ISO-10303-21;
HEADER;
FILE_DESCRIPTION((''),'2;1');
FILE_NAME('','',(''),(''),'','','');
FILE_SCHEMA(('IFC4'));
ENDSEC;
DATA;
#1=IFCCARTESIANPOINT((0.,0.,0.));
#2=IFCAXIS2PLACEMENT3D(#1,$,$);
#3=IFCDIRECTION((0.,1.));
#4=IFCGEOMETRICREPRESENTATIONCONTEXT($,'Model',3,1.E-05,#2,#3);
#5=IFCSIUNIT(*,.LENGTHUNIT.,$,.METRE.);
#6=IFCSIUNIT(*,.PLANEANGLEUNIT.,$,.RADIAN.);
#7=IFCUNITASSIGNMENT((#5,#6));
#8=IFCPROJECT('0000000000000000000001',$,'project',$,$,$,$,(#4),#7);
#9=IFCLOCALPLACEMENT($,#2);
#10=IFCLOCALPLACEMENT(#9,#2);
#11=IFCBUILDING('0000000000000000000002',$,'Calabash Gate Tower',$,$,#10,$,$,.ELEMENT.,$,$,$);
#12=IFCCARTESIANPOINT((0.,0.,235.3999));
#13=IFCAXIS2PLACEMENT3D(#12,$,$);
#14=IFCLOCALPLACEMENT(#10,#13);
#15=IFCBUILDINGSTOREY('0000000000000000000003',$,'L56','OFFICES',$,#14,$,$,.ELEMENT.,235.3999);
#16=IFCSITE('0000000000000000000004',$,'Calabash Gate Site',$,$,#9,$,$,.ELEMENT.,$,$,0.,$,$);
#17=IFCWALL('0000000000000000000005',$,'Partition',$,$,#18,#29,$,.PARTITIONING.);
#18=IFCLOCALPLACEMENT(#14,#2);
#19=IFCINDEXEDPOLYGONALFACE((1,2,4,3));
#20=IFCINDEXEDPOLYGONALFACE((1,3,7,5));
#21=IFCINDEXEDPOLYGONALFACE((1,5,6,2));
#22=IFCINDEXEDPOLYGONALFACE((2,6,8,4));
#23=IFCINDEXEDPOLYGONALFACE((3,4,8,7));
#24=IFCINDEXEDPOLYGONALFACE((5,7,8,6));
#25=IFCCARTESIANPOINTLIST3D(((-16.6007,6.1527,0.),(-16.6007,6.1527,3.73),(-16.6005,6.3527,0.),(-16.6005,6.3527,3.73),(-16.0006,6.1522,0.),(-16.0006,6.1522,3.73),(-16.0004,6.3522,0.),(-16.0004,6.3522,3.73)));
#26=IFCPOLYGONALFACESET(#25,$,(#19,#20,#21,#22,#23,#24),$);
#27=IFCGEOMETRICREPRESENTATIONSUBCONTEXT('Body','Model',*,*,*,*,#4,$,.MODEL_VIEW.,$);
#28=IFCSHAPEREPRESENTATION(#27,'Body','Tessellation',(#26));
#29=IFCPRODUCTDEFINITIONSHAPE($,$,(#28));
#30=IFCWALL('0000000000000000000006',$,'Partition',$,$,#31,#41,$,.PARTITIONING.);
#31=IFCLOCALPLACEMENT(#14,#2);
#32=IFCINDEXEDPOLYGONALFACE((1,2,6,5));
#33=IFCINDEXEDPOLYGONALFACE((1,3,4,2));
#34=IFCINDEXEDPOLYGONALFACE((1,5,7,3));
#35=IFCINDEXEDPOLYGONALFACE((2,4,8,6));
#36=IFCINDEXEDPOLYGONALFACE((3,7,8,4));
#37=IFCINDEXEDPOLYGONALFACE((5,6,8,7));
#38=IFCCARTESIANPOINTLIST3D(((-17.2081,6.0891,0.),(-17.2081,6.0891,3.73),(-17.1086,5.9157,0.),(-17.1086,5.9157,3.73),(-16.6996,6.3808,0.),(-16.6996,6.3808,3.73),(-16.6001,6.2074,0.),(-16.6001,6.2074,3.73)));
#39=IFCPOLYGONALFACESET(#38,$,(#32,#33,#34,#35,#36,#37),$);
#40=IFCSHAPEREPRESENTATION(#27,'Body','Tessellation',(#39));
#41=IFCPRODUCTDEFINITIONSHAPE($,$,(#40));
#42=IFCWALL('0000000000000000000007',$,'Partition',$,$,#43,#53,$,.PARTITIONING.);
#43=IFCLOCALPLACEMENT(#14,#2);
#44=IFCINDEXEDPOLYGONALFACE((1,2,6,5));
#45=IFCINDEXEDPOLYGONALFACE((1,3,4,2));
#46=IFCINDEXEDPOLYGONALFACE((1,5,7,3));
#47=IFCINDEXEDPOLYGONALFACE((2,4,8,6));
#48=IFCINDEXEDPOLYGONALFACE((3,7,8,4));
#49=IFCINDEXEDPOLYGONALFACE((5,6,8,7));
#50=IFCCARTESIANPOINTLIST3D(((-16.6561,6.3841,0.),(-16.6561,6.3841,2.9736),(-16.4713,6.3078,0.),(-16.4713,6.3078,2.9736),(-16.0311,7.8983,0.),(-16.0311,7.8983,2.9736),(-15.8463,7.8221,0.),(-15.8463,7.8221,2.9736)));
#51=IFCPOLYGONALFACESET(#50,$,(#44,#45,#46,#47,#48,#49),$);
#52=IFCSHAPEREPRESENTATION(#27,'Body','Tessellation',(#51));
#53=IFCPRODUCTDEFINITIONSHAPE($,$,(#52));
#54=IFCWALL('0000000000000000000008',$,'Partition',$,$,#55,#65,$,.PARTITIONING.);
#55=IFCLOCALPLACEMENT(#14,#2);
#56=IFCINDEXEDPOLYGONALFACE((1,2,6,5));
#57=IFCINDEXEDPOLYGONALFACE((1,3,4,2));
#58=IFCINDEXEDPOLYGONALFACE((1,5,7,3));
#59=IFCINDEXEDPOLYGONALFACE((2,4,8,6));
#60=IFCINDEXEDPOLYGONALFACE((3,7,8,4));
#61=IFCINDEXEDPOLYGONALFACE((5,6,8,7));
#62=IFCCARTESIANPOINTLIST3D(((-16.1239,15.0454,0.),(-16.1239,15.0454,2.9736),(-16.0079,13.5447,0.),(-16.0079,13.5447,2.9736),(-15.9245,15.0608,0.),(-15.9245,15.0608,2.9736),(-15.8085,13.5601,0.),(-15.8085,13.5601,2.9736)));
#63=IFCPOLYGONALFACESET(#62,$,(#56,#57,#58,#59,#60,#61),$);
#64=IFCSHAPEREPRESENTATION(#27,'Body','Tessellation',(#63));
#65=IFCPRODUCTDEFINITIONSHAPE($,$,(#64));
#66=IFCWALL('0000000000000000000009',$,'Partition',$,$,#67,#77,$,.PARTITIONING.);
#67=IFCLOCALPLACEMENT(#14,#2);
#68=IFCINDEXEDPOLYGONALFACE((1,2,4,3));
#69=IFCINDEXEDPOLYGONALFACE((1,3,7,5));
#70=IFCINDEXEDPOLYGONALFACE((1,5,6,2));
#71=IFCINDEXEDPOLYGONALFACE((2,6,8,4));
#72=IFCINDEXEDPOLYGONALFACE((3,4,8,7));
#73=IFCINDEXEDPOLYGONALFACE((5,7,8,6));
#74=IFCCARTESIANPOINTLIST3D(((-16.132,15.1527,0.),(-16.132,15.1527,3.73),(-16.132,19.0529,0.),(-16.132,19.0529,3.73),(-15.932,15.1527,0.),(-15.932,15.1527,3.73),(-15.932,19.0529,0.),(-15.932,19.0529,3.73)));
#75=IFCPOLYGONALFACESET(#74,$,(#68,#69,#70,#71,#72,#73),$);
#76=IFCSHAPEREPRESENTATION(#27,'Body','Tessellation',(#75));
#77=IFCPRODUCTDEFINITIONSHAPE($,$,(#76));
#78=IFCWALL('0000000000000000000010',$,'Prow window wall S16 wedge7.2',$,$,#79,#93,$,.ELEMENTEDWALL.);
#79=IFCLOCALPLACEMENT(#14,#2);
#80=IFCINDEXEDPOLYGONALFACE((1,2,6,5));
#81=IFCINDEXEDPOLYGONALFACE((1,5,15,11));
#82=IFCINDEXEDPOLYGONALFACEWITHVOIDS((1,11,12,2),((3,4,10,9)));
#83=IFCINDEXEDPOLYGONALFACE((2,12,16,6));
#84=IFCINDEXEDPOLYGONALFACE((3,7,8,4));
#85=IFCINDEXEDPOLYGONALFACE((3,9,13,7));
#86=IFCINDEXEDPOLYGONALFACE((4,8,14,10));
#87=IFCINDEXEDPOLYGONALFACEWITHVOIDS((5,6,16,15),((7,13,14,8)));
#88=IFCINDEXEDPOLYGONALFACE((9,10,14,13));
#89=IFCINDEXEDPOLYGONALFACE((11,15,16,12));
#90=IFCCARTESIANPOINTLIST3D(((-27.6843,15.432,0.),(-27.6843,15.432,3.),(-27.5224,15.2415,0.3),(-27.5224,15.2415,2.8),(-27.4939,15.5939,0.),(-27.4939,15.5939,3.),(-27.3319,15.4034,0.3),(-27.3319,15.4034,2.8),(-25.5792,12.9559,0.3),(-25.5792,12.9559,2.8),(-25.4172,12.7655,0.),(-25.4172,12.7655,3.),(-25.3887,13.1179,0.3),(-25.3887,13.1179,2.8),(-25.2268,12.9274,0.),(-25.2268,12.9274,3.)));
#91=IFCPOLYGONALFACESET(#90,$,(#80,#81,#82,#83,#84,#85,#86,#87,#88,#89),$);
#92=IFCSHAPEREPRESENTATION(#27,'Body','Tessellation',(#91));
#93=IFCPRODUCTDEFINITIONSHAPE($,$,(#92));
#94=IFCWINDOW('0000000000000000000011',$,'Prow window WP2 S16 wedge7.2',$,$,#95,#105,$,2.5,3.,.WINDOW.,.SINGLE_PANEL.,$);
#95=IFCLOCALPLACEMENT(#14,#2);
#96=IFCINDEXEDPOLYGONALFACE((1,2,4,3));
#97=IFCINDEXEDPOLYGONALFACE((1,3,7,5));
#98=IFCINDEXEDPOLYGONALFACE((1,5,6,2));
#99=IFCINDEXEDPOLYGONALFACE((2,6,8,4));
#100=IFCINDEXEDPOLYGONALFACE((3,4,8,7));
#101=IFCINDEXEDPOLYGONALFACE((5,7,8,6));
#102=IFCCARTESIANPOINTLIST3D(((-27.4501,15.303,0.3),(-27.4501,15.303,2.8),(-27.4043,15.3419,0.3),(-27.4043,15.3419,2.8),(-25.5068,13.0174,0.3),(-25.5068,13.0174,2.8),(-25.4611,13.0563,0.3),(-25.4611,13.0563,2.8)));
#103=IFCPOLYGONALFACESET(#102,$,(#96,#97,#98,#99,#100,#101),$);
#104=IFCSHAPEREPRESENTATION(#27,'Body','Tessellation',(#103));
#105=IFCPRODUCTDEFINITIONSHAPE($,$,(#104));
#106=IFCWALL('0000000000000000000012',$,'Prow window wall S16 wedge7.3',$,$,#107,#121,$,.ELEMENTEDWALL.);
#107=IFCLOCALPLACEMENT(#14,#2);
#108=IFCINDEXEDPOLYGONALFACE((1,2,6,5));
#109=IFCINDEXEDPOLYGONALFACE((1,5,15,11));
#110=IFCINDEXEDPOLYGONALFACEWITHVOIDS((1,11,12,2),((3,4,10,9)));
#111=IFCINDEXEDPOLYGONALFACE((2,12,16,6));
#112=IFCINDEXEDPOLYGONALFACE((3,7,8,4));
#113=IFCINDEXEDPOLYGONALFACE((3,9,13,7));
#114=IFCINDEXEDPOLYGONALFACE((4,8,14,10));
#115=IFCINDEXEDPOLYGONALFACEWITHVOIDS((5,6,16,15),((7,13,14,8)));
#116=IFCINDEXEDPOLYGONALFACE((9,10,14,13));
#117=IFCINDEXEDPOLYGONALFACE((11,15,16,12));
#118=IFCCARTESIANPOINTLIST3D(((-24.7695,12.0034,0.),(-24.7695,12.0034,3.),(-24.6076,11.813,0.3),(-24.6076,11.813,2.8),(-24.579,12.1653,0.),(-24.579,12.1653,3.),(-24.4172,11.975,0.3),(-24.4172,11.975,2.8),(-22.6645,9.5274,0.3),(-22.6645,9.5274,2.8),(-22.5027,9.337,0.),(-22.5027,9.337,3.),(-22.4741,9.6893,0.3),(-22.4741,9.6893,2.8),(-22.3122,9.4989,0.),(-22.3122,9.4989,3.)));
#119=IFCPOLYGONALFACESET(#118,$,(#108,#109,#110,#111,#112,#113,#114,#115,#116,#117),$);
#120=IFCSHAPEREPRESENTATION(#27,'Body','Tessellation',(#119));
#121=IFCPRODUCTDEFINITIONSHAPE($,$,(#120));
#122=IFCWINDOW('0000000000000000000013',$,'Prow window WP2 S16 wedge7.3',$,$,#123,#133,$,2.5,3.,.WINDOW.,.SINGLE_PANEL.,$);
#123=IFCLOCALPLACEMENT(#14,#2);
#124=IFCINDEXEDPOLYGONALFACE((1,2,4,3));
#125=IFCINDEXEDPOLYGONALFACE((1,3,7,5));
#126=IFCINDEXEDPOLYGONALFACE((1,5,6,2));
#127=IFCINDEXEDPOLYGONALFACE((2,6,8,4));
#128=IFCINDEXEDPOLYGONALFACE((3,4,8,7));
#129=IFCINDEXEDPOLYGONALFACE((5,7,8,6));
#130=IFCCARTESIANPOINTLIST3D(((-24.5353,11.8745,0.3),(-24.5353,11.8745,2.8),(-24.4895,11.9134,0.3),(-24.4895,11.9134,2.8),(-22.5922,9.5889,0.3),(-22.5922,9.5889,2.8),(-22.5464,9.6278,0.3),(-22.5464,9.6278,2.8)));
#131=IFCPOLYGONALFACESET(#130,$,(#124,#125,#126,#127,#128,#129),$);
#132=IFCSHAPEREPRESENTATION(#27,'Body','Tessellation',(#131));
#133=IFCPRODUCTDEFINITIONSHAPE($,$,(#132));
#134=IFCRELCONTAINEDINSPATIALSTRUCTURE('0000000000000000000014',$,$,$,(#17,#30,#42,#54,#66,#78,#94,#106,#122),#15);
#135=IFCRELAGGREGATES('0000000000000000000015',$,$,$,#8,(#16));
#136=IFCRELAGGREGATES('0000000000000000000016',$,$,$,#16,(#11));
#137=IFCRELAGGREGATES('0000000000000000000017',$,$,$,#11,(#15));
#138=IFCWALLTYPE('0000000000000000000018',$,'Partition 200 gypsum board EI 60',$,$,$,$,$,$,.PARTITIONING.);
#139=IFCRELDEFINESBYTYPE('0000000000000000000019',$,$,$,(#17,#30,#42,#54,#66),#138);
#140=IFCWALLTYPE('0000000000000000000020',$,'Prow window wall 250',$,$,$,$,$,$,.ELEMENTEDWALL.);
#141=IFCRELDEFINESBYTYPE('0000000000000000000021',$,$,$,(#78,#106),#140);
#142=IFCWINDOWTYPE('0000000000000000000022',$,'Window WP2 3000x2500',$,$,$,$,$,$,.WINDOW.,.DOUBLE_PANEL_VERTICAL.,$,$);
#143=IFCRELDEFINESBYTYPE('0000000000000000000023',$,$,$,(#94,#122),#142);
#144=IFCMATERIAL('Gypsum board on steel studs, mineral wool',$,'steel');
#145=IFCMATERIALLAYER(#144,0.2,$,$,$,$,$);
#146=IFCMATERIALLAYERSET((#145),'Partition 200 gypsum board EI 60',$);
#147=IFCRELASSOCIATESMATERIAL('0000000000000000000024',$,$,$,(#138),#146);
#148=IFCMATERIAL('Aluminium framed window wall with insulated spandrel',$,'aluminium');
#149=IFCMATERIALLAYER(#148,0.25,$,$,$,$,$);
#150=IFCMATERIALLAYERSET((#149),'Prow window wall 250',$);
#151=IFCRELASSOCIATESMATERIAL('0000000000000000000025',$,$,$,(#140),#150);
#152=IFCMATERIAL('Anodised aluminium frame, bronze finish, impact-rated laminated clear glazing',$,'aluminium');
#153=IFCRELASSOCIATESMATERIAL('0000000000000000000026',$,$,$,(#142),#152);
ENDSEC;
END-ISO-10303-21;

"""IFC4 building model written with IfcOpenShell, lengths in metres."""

from ifc_helpers import new_model, si_unit, direction, frame, frame_2d, origin, place, context, subcontext, project, spatial, rectangle, extrude, material, layer, layer_set, type_object, element, fill, save


model = new_model("IFC4")

# Units and contexts
model_context = context("Model", 3, precision=1e-05, world=origin(), true_north=direction((0.0, 1.0)))
body_context = subcontext(model_context, "Body", "Model", "MODEL_VIEW")
ifc_project = project(units=[si_unit("LENGTHUNIT", "METRE"), si_unit("PLANEANGLEUNIT", "RADIAN")], contexts=[model_context])

# Site, building, storey
site_placement = place(None, origin())
site = spatial("IfcSite", under=ifc_project, at=site_placement, Name="Calabash Gate Site", CompositionType="ELEMENT", RefElevation=0.0)
building_placement = place(site_placement, origin())
building = spatial("IfcBuilding", under=site, at=building_placement, Name="Calabash Gate Tower", CompositionType="ELEMENT")
storey_placement = place(building_placement, frame((0.0, 0.0, 235.3999)))
storey = spatial("IfcBuildingStorey", under=building, at=storey_placement, Name="L56", Description="OFFICES", CompositionType="ELEMENT", Elevation=235.3999)

# Walls
ifc_material_1 = material(Name="Gypsum board on steel studs, mineral wool", Category="steel")
ifc_layer_1 = layer(ifc_material_1, 0.2)
ifc_layer_set_1 = layer_set([ifc_layer_1], Name="Partition 200 gypsum board EI 60")
wall_type_1 = type_object("IfcWallType", Name="Partition 200 gypsum board EI 60", PredefinedType="PARTITIONING", material=ifc_layer_set_1)
wall_1_placement = place(storey_placement, frame((-16.6006, 6.2527, 0.0), z_axis=(0.0, 0.0, 1.0), x_axis=(1.0, -0.000814, 0.0)))
element("IfcWall", 1, at=wall_1_placement, inside=storey, type_object=wall_type_1, Name="Partition", PredefinedType="PARTITIONING", context=body_context, shape_type="SweptSolid", body=[
    extrude(rectangle(XDim=0.6001, YDim=0.2, at=frame_2d((0.3, 0.0))), origin(), (0.0, 0.0, 1.0), 3.73),
])
wall_2_placement = place(storey_placement, frame((-17.1582, 6.0024, 0.0), z_axis=(0.0, 0.0, 1.0), x_axis=(0.867396, 0.497618, 0.0)))
element("IfcWall", 2, at=wall_2_placement, inside=storey, type_object=wall_type_1, Name="Partition", PredefinedType="PARTITIONING", context=body_context, shape_type="SweptSolid", body=[
    extrude(rectangle(XDim=0.5862, YDim=0.2, at=frame_2d((0.293, 0.0))), origin(), (0.0, 0.0, 1.0), 3.73),
])
wall_3_placement = place(storey_placement, frame((-16.5637, 6.3459, 0.0), z_axis=(0.0, 0.0, 1.0), x_axis=(0.381544, 0.924351, 0.0)))
element("IfcWall", 3, at=wall_3_placement, inside=storey, type_object=wall_type_1, Name="Partition", PredefinedType="PARTITIONING", context=body_context, shape_type="SweptSolid", body=[
    extrude(rectangle(XDim=1.6382, YDim=0.2, at=frame_2d((0.8191, 0.0))), origin(), (0.0, 0.0, 1.0), 2.9736),
])
wall_4_placement = place(storey_placement, frame((-16.0242, 15.053, 0.0), z_axis=(0.0, 0.0, 1.0), x_axis=(0.077044, -0.997028, 0.0)))
element("IfcWall", 4, at=wall_4_placement, inside=storey, type_object=wall_type_1, Name="Partition", PredefinedType="PARTITIONING", context=body_context, shape_type="SweptSolid", body=[
    extrude(rectangle(XDim=1.5051, YDim=0.2, at=frame_2d((0.7524, 0.0))), origin(), (0.0, 0.0, 1.0), 2.9736),
])
wall_5_placement = place(storey_placement, frame((-16.032, 15.1526, 0.0), z_axis=(0.0, 0.0, 1.0), x_axis=(0.0, 1.0, 0.0)))
element("IfcWall", 5, at=wall_5_placement, inside=storey, type_object=wall_type_1, Name="Partition", PredefinedType="PARTITIONING", context=body_context, shape_type="SweptSolid", body=[
    extrude(rectangle(XDim=3.9001, YDim=0.2, at=frame_2d((1.9502, 0.0))), origin(), (0.0, 0.0, 1.0), 3.73),
])

# Walls, openings, windows
ifc_material_2 = material(Name="Aluminium framed window wall with insulated spandrel", Category="aluminium")
ifc_layer_2 = layer(ifc_material_2, 0.25)
ifc_layer_set_2 = layer_set([ifc_layer_2], Name="Prow window wall 250")
wall_type_2 = type_object("IfcWallType", Name="Prow window wall 250", PredefinedType="ELEMENTEDWALL", material=ifc_layer_set_2)
wall_6_placement = place(storey_placement, frame((-27.5891, 15.5129, 0.0), z_axis=(0.0, 0.0, 1.0), x_axis=(0.647742, -0.76186, 0.0)))
wall_6 = element("IfcWall", 6, at=wall_6_placement, inside=storey, type_object=wall_type_2, Name="Prow window wall S16 wedge7.2", PredefinedType="ELEMENTEDWALL", context=body_context, shape_type="SweptSolid", body=[
    extrude(rectangle(XDim=3.5, YDim=0.25, at=frame_2d((1.75, 0.0))), origin(), (0.0, 0.0, 1.0), 3.0),
])
opening_1_placement = place(wall_6_placement, frame((0.25, 0.0, 0.3)))
opening_1 = element("IfcOpeningElement", 7, at=opening_1_placement, cuts=wall_6, PredefinedType="OPENING", context=body_context, shape_type="SweptSolid", body=[
    extrude(rectangle(XDim=3.0, YDim=2.5, at=frame_2d((1.5, 1.25))), frame((0.0, 0.135, 0.0), z_axis=(0.0, -1.0, 0.0), x_axis=(1.0, 0.0, 0.0)), (0.0, 0.0, 1.0), 0.27),
])
ifc_material_3 = material(Name="Anodised aluminium frame, bronze finish, impact-rated laminated clear glazing", Category="aluminium")
window_type_1 = type_object("IfcWindowType", Name="Window WP2 3000x2500", PartitioningType="DOUBLE_PANEL_VERTICAL", PredefinedType="WINDOW", material=ifc_material_3)
window_1_placement = place(opening_1_placement, origin())
window_1 = element("IfcWindow", 8, at=window_1_placement, inside=storey, type_object=window_type_1, Name="Prow window WP2 S16 wedge7.2", OverallHeight=2.5, OverallWidth=3.0, PartitioningType="SINGLE_PANEL", PredefinedType="WINDOW", context=body_context, shape_type="SweptSolid", body=[
    extrude(rectangle(XDim=3.0, YDim=2.5, at=frame_2d((1.5, 1.25))), frame((0.0, 0.03, 0.0), z_axis=(0.0, -1.0, 0.0), x_axis=(1.0, 0.0, 0.0)), (0.0, 0.0, 1.0), 0.0601),
])
fill(opening_1, window_1)
wall_7_placement = place(storey_placement, frame((-24.6743, 12.0845, 0.0), z_axis=(0.0, 0.0, 1.0), x_axis=(0.647701, -0.761895, 0.0)))
wall_7 = element("IfcWall", 9, at=wall_7_placement, inside=storey, type_object=wall_type_2, Name="Prow window wall S16 wedge7.3", PredefinedType="ELEMENTEDWALL", context=body_context, shape_type="SweptSolid", body=[
    extrude(rectangle(XDim=3.4998, YDim=0.25, at=frame_2d((1.75, 0.0))), origin(), (0.0, 0.0, 1.0), 3.0),
])
opening_2_placement = place(wall_7_placement, frame((0.25, 0.0, 0.3)))
opening_2 = element("IfcOpeningElement", 10, at=opening_2_placement, cuts=wall_7, PredefinedType="OPENING", context=body_context, shape_type="SweptSolid", body=[
    extrude(rectangle(XDim=3.0, YDim=2.5, at=frame_2d((1.5, 1.25))), frame((0.0, 0.135, 0.0), z_axis=(0.0, -1.0, 0.0), x_axis=(1.0, 0.0, 0.0)), (0.0, 0.0, 1.0), 0.27),
])
window_2_placement = place(opening_2_placement, origin())
window_2 = element("IfcWindow", 11, at=window_2_placement, inside=storey, type_object=window_type_1, Name="Prow window WP2 S16 wedge7.3", OverallHeight=2.5, OverallWidth=3.0, PartitioningType="SINGLE_PANEL", PredefinedType="WINDOW", context=body_context, shape_type="SweptSolid", body=[
    extrude(rectangle(XDim=3.0, YDim=2.5, at=frame_2d((1.5, 1.25))), frame((0.0, 0.03, 0.0), z_axis=(0.0, -1.0, 0.0), x_axis=(1.0, 0.0, 0.0)), (0.0, 0.0, 1.0), 0.0601),
])
fill(opening_2, window_2)

save(model, "model.ifc")
